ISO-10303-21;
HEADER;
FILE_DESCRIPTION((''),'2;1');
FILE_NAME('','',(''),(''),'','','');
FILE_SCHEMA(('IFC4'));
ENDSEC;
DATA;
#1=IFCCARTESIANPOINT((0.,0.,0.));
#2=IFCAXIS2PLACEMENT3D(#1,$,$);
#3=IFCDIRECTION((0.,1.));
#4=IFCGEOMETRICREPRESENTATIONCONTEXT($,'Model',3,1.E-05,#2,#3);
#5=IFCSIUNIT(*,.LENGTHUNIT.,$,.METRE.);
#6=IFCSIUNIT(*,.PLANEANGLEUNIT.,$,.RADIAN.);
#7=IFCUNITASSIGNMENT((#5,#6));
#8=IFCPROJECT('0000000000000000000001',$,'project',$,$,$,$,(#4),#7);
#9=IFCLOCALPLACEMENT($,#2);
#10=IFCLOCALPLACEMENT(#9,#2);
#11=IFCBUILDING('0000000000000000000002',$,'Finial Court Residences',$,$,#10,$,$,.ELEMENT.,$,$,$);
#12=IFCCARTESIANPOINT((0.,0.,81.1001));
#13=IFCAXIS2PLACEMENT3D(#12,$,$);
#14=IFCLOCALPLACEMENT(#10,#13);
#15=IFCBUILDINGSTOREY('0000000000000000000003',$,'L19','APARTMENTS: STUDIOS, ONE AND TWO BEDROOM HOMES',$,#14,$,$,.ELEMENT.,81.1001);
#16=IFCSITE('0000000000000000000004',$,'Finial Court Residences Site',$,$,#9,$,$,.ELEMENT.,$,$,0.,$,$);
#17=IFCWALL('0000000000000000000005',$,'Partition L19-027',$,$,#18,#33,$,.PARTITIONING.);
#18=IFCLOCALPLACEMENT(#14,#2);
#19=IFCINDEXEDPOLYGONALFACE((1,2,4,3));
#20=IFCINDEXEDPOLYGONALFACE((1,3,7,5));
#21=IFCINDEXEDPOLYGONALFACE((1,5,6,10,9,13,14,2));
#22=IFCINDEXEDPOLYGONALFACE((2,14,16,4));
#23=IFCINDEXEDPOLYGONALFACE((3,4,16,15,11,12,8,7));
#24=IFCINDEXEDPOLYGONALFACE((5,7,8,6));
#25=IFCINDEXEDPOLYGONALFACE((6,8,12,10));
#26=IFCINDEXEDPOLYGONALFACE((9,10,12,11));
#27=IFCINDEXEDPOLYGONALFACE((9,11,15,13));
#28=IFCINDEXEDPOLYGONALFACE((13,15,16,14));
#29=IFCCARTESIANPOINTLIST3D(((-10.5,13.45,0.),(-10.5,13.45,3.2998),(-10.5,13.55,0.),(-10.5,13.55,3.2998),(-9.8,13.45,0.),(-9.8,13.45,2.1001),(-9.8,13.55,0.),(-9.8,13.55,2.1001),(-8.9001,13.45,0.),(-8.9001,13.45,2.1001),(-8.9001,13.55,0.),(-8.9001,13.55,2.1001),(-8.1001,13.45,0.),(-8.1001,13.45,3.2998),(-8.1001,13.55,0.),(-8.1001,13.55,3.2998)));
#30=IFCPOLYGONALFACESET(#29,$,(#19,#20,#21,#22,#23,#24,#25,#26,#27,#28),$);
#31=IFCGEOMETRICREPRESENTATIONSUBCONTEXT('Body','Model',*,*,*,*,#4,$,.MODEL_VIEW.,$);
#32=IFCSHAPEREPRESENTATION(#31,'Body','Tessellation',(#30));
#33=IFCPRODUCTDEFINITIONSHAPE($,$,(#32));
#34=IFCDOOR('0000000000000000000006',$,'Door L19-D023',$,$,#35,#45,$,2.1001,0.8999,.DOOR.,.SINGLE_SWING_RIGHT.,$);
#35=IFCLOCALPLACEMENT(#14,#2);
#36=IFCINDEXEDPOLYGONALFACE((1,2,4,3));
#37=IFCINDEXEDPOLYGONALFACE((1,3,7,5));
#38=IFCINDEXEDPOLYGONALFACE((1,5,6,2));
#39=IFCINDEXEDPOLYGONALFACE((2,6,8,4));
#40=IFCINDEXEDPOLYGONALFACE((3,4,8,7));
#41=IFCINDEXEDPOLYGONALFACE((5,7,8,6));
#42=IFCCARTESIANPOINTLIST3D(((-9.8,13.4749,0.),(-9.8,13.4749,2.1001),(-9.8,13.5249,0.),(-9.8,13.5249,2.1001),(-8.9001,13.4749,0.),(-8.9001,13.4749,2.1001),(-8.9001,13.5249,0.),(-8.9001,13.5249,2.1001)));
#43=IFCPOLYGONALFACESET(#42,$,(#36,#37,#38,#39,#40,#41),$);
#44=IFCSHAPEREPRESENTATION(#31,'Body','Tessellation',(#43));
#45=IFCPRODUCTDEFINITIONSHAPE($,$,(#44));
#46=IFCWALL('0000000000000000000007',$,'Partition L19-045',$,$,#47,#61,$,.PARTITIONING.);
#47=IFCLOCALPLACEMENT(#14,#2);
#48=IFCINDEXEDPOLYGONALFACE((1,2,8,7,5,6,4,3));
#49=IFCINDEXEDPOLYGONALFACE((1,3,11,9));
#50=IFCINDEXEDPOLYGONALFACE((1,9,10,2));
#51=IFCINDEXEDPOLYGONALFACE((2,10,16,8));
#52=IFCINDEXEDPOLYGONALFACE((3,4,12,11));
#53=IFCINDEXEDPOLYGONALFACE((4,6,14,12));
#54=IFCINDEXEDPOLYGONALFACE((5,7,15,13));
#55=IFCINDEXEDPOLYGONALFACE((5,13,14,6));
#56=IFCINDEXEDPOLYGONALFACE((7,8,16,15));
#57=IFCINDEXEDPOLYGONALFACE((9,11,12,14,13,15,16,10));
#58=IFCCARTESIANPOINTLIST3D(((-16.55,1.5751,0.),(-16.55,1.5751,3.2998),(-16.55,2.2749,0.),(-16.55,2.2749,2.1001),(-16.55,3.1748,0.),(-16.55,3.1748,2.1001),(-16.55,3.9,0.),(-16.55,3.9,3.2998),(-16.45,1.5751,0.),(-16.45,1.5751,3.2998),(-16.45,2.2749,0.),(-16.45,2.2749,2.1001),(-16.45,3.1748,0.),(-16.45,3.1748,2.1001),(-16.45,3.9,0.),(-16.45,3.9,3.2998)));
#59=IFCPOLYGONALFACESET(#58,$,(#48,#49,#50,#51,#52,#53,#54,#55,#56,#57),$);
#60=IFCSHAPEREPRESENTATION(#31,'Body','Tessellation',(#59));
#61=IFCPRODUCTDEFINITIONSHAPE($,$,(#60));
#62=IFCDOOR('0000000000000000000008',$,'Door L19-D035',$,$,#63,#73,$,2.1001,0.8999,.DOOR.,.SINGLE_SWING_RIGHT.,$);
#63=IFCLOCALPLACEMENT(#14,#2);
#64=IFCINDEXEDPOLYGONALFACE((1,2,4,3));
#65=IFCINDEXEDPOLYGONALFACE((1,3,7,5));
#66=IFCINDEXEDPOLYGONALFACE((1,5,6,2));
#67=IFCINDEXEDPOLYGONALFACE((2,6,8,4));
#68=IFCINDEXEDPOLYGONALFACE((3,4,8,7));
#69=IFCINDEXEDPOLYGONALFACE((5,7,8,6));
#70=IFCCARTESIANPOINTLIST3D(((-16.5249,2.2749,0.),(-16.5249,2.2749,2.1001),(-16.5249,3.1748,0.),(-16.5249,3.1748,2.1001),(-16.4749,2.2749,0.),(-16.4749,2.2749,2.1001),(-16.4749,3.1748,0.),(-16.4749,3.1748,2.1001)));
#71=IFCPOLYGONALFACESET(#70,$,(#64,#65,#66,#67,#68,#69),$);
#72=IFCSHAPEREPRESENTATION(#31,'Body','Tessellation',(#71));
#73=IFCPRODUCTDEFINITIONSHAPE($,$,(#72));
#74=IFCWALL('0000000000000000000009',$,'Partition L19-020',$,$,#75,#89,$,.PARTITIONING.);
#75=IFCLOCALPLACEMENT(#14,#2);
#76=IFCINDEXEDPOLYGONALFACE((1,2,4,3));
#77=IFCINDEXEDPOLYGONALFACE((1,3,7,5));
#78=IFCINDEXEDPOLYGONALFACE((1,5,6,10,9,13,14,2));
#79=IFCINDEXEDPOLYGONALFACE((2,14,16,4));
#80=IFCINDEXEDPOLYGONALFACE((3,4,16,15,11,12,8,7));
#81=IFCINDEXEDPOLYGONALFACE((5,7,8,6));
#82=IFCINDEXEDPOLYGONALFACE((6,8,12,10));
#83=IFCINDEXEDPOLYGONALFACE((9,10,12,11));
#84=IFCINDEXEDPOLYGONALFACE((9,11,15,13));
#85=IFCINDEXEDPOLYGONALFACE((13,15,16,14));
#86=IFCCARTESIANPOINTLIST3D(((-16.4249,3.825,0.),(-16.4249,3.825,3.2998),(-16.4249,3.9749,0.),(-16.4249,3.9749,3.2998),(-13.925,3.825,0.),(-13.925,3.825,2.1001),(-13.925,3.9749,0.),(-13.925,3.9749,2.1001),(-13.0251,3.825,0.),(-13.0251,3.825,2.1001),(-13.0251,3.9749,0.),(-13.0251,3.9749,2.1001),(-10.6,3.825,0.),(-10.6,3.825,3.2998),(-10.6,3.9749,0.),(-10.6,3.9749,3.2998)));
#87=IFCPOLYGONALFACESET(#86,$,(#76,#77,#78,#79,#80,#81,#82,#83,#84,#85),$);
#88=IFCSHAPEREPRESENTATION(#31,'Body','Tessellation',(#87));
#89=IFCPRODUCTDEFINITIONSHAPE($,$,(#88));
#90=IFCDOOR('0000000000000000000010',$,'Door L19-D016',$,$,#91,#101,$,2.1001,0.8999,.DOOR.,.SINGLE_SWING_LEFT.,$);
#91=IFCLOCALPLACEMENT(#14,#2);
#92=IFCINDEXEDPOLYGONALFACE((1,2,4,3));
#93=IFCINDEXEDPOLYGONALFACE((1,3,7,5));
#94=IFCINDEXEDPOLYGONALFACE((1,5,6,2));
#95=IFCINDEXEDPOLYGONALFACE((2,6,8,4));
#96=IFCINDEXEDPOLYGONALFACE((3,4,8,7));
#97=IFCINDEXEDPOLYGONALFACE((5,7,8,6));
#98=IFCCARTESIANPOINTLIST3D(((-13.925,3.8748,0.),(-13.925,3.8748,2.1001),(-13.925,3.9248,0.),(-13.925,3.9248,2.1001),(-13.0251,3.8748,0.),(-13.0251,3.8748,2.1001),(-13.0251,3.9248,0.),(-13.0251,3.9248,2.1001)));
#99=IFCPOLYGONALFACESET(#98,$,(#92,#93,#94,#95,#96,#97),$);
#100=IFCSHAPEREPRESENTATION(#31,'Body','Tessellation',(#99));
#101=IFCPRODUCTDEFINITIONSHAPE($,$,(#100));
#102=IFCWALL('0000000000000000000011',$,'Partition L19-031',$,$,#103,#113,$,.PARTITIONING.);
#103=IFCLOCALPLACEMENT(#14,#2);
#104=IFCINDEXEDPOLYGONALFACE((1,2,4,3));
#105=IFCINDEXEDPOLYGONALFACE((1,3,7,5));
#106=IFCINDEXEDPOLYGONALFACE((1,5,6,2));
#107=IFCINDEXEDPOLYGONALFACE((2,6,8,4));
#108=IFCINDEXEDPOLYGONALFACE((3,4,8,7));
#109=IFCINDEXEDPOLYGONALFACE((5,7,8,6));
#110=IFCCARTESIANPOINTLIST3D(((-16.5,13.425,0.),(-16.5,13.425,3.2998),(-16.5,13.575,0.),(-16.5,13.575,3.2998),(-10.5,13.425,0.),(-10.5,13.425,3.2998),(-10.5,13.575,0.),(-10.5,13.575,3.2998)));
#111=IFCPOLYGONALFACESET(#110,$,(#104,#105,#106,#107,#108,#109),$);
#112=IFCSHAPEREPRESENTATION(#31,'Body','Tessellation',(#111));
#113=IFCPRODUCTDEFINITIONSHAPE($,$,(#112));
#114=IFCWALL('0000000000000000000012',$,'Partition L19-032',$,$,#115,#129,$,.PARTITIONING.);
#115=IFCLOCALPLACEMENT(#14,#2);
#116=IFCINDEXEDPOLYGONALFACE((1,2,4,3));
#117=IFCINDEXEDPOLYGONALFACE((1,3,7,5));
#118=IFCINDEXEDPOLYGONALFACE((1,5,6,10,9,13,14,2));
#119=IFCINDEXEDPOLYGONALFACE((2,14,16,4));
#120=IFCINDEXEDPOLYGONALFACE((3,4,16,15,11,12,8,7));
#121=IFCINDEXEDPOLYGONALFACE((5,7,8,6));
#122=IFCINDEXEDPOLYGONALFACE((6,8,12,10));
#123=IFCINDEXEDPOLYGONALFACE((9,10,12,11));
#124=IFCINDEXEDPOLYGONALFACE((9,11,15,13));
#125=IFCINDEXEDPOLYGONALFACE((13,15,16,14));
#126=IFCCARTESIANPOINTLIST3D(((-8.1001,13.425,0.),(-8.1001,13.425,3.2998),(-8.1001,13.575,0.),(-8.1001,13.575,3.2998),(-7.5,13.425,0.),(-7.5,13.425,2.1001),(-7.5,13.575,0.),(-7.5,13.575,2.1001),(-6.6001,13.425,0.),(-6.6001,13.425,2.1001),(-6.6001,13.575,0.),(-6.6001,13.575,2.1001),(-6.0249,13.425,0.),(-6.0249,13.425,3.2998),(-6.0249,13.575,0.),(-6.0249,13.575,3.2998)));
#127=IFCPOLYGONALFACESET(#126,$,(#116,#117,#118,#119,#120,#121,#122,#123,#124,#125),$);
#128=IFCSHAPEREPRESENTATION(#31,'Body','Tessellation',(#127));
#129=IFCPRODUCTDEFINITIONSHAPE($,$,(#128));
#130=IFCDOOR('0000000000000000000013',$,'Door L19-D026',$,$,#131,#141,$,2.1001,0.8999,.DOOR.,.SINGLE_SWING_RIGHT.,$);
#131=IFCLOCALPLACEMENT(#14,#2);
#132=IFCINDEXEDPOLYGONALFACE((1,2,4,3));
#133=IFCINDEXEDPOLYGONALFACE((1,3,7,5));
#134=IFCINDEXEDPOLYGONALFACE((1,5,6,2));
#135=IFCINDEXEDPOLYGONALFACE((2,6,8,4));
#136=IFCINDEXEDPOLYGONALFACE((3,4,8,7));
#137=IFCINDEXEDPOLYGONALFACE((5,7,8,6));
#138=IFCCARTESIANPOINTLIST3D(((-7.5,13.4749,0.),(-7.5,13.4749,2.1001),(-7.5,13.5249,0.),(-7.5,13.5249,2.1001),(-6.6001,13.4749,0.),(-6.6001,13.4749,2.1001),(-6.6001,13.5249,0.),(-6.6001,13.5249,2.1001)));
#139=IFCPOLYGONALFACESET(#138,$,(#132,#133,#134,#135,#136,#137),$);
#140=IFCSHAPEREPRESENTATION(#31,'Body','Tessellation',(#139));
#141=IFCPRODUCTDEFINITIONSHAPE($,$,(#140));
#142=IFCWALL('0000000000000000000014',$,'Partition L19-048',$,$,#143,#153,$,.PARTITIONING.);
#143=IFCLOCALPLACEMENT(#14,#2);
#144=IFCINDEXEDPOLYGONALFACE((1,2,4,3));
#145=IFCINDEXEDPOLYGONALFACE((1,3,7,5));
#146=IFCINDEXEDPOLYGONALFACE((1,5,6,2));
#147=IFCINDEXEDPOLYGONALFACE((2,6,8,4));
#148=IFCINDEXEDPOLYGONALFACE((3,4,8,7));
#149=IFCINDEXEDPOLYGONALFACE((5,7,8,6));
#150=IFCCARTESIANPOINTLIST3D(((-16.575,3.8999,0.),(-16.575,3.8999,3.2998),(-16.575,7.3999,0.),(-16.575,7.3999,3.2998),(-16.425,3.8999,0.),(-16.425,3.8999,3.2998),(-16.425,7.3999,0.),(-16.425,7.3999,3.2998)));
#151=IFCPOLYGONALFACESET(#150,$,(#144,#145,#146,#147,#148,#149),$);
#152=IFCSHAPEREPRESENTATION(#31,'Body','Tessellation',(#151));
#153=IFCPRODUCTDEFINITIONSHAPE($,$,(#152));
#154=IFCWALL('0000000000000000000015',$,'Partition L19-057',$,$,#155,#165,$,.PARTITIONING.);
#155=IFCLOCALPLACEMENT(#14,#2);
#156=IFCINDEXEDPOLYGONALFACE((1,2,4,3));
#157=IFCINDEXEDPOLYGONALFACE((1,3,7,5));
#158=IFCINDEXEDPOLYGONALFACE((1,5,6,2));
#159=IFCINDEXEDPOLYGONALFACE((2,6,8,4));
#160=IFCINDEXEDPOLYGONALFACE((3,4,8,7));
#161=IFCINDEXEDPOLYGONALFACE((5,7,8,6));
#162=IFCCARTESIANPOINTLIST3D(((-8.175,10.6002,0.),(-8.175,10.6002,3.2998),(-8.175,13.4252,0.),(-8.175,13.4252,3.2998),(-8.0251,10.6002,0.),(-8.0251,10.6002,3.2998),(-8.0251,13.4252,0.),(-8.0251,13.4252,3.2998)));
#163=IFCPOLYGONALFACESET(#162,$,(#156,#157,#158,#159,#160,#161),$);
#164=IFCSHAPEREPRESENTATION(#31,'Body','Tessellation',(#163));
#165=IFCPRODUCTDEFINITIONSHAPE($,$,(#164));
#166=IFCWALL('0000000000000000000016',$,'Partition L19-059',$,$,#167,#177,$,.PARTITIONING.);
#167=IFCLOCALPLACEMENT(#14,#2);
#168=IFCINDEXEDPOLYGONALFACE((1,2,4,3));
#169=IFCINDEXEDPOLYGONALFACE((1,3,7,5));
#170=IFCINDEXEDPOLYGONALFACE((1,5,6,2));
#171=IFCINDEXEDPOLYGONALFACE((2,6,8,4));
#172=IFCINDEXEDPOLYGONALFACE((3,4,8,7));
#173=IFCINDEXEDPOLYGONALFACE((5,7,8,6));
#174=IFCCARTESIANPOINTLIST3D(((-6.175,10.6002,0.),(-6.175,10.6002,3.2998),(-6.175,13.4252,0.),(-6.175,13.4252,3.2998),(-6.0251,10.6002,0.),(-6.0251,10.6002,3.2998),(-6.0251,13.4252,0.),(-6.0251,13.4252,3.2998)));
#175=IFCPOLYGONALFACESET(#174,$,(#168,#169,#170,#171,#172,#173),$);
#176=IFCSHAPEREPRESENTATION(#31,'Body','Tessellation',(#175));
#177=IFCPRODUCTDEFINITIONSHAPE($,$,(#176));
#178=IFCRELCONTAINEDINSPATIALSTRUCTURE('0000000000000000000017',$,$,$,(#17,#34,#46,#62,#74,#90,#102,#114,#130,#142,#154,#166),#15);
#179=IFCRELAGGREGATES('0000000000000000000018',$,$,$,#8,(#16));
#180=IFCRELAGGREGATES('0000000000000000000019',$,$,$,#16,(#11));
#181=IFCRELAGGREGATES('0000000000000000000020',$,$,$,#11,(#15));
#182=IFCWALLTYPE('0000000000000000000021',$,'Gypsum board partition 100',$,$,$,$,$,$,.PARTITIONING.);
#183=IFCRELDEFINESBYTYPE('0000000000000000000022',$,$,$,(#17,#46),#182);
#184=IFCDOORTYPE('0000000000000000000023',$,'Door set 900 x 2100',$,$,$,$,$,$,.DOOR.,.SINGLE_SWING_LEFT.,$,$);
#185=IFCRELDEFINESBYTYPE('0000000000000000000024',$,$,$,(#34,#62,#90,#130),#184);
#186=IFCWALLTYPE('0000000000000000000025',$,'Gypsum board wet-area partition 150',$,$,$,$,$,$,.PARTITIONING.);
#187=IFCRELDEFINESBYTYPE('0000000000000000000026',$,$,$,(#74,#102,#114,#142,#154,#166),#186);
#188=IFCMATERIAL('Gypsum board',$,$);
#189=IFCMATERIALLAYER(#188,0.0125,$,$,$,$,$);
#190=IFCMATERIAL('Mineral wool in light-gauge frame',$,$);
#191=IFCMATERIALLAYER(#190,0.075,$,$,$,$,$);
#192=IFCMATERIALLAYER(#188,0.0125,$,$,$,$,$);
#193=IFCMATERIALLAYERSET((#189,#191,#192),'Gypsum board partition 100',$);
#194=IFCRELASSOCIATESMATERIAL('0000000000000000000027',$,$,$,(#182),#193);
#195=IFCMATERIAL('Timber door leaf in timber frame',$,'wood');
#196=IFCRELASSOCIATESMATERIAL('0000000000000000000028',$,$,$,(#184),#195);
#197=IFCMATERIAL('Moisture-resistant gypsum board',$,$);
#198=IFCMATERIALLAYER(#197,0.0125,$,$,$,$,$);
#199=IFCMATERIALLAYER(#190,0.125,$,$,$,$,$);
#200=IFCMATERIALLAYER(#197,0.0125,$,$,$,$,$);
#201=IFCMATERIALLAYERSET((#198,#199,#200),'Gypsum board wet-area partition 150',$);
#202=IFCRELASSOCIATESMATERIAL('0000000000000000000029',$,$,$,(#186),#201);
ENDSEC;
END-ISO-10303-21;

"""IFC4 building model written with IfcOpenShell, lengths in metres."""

from ifc_helpers import new_model, si_unit, direction, frame, frame_2d, origin, place, context, subcontext, project, spatial, rectangle, extrude, material, layer, layer_set, type_object, element, fill, save


model = new_model("IFC4")

# Units and contexts
model_context = context("Model", 3, precision=1e-05, world=origin(), true_north=direction((0.0, 1.0)))
body_context = subcontext(model_context, "Body", "Model", "MODEL_VIEW")
ifc_project = project(units=[si_unit("LENGTHUNIT", "METRE"), si_unit("PLANEANGLEUNIT", "RADIAN")], contexts=[model_context])

# Site, building, storey
site_placement = place(None, origin())
site = spatial("IfcSite", under=ifc_project, at=site_placement, Name="Finial Court Residences Site", CompositionType="ELEMENT", RefElevation=0.0)
building_placement = place(site_placement, origin())
building = spatial("IfcBuilding", under=site, at=building_placement, Name="Finial Court Residences", CompositionType="ELEMENT")
storey_placement = place(building_placement, frame((0.0, 0.0, 81.1001)))
storey = spatial("IfcBuildingStorey", under=building, at=storey_placement, Name="L19", Description="APARTMENTS: STUDIOS, ONE AND TWO BEDROOM HOMES", CompositionType="ELEMENT", Elevation=81.1001)

# Shared definitions
ifc_material_1 = material(Name="Gypsum board")

# Walls, openings, doors
ifc_layer_1 = layer(ifc_material_1, 0.0125)
ifc_material_2 = material(Name="Mineral wool in light-gauge frame")
ifc_layer_2 = layer(ifc_material_2, 0.075)
ifc_layer_3 = layer(ifc_material_1, 0.0125)
ifc_layer_set_1 = layer_set([ifc_layer_1, ifc_layer_2, ifc_layer_3], Name="Gypsum board partition 100")
wall_type_1 = type_object("IfcWallType", Name="Gypsum board partition 100", PredefinedType="PARTITIONING", material=ifc_layer_set_1)
wall_1_placement = place(storey_placement, frame((-10.5, 13.5, 0.0), z_axis=(0.0, 0.0, 1.0), x_axis=(1.0, 0.0, 0.0)))
wall_1 = element("IfcWall", 1, at=wall_1_placement, inside=storey, type_object=wall_type_1, Name="Partition L19-027", PredefinedType="PARTITIONING", context=body_context, shape_type="SweptSolid", body=[
    extrude(rectangle(XDim=2.3999, YDim=0.1001, at=frame_2d((1.2, 0.0))), origin(), (0.0, 0.0, 1.0), 3.2998),
])
opening_1_placement = place(wall_1_placement, frame((0.7, 0.0, 0.0)))
opening_1 = element("IfcOpeningElement", 2, at=opening_1_placement, cuts=wall_1, PredefinedType="OPENING", context=body_context, shape_type="SweptSolid", body=[
    extrude(rectangle(XDim=0.8999, YDim=2.1001, at=frame_2d((0.45, 1.05))), frame((0.0, 0.0601, 0.0), z_axis=(0.0, -1.0, 0.0), x_axis=(1.0, 0.0, 0.0)), (0.0, 0.0, 1.0), 0.1201),
])
ifc_material_3 = material(Name="Timber door leaf in timber frame", Category="wood")
door_type = type_object("IfcDoorType", Name="Door set 900 x 2100", OperationType="SINGLE_SWING_LEFT", PredefinedType="DOOR", material=ifc_material_3)
door_1_placement = place(opening_1_placement, origin())
door_1 = element("IfcDoor", 3, at=door_1_placement, inside=storey, type_object=door_type, Name="Door L19-D023", OperationType="SINGLE_SWING_RIGHT", OverallHeight=2.1001, OverallWidth=0.8999, PredefinedType="DOOR", context=body_context, shape_type="SweptSolid", body=[
    extrude(rectangle(XDim=0.8999, YDim=2.1001, at=frame_2d((0.45, 1.05))), frame((0.0, 0.0249, 0.0), z_axis=(0.0, -1.0, 0.0), x_axis=(1.0, 0.0, 0.0)), (0.0, 0.0, 1.0), 0.05),
])
fill(opening_1, door_1)
wall_2_placement = place(storey_placement, frame((-16.5, 1.575, 0.0), z_axis=(0.0, 0.0, 1.0), x_axis=(0.0, 1.0, 0.0)))
wall_2 = element("IfcWall", 4, at=wall_2_placement, inside=storey, type_object=wall_type_1, Name="Partition L19-045", PredefinedType="PARTITIONING", context=body_context, shape_type="SweptSolid", body=[
    extrude(rectangle(XDim=2.325, YDim=0.1001, at=frame_2d((1.1626, 0.0))), origin(), (0.0, 0.0, 1.0), 3.2998),
])
opening_2_placement = place(wall_2_placement, frame((0.7, 0.0, 0.0)))
opening_2 = element("IfcOpeningElement", 5, at=opening_2_placement, cuts=wall_2, PredefinedType="OPENING", context=body_context, shape_type="SweptSolid", body=[
    extrude(rectangle(XDim=0.8999, YDim=2.1001, at=frame_2d((0.45, 1.05))), frame((0.0, 0.0601, 0.0), z_axis=(0.0, -1.0, 0.0), x_axis=(1.0, 0.0, 0.0)), (0.0, 0.0, 1.0), 0.1201),
])
door_2_placement = place(opening_2_placement, origin())
door_2 = element("IfcDoor", 6, at=door_2_placement, inside=storey, type_object=door_type, Name="Door L19-D035", OperationType="SINGLE_SWING_RIGHT", OverallHeight=2.1001, OverallWidth=0.8999, PredefinedType="DOOR", context=body_context, shape_type="SweptSolid", body=[
    extrude(rectangle(XDim=0.8999, YDim=2.1001, at=frame_2d((0.45, 1.05))), frame((0.0, 0.0249, 0.0), z_axis=(0.0, -1.0, 0.0), x_axis=(1.0, 0.0, 0.0)), (0.0, 0.0, 1.0), 0.05),
])
fill(opening_2, door_2)
ifc_material_4 = material(Name="Moisture-resistant gypsum board")
ifc_layer_4 = layer(ifc_material_4, 0.0125)
ifc_layer_5 = layer(ifc_material_2, 0.125)
ifc_layer_6 = layer(ifc_material_4, 0.0125)
ifc_layer_set_2 = layer_set([ifc_layer_4, ifc_layer_5, ifc_layer_6], Name="Gypsum board wet-area partition 150")
wall_type_2 = type_object("IfcWallType", Name="Gypsum board wet-area partition 150", PredefinedType="PARTITIONING", material=ifc_layer_set_2)
wall_3_placement = place(storey_placement, frame((-16.425, 3.8999, 0.0), z_axis=(0.0, 0.0, 1.0), x_axis=(1.0, 0.0, 0.0)))
wall_3 = element("IfcWall", 7, at=wall_3_placement, inside=storey, type_object=wall_type_2, Name="Partition L19-020", PredefinedType="PARTITIONING", context=body_context, shape_type="SweptSolid", body=[
    extrude(rectangle(XDim=5.825, YDim=0.1499, at=frame_2d((2.9126, 0.0))), origin(), (0.0, 0.0, 1.0), 3.2998),
])
opening_3_placement = place(wall_3_placement, frame((2.5, 0.0, 0.0)))
opening_3 = element("IfcOpeningElement", 8, at=opening_3_placement, cuts=wall_3, PredefinedType="OPENING", context=body_context, shape_type="SweptSolid", body=[
    extrude(rectangle(XDim=0.8999, YDim=2.1001, at=frame_2d((0.45, 1.05))), frame((0.0, 0.085, 0.0), z_axis=(0.0, -1.0, 0.0), x_axis=(1.0, 0.0, 0.0)), (0.0, 0.0, 1.0), 0.1699),
])
door_3_placement = place(opening_3_placement, origin())
door_3 = element("IfcDoor", 9, at=door_3_placement, inside=storey, type_object=door_type, Name="Door L19-D016", OperationType="SINGLE_SWING_LEFT", OverallHeight=2.1001, OverallWidth=0.8999, PredefinedType="DOOR", context=body_context, shape_type="SweptSolid", body=[
    extrude(rectangle(XDim=0.8999, YDim=2.1001, at=frame_2d((0.45, 1.05))), frame((0.0, 0.0249, 0.0), z_axis=(0.0, -1.0, 0.0), x_axis=(1.0, 0.0, 0.0)), (0.0, 0.0, 1.0), 0.05),
])
fill(opening_3, door_3)

# Wall
wall_4_placement = place(storey_placement, frame((-16.5, 13.5, 0.0), z_axis=(0.0, 0.0, 1.0), x_axis=(1.0, 0.0, 0.0)))
element("IfcWall", 10, at=wall_4_placement, inside=storey, type_object=wall_type_2, Name="Partition L19-031", PredefinedType="PARTITIONING", context=body_context, shape_type="SweptSolid", body=[
    extrude(rectangle(XDim=6.0, YDim=0.1499, at=frame_2d((3.0, 0.0))), origin(), (0.0, 0.0, 1.0), 3.2998),
])

# Wall, opening, door
wall_5_placement = place(storey_placement, frame((-8.1001, 13.5, 0.0), z_axis=(0.0, 0.0, 1.0), x_axis=(1.0, 0.0, 0.0)))
wall_5 = element("IfcWall", 11, at=wall_5_placement, inside=storey, type_object=wall_type_2, Name="Partition L19-032", PredefinedType="PARTITIONING", context=body_context, shape_type="SweptSolid", body=[
    extrude(rectangle(XDim=2.0752, YDim=0.1499, at=frame_2d((1.0376, 0.0))), origin(), (0.0, 0.0, 1.0), 3.2998),
])
opening_4_placement = place(wall_5_placement, frame((0.6001, 0.0, 0.0)))
opening_4 = element("IfcOpeningElement", 12, at=opening_4_placement, cuts=wall_5, PredefinedType="OPENING", context=body_context, shape_type="SweptSolid", body=[
    extrude(rectangle(XDim=0.8999, YDim=2.1001, at=frame_2d((0.45, 1.05))), frame((0.0, 0.085, 0.0), z_axis=(0.0, -1.0, 0.0), x_axis=(1.0, 0.0, 0.0)), (0.0, 0.0, 1.0), 0.1699),
])
door_4_placement = place(opening_4_placement, origin())
door_4 = element("IfcDoor", 13, at=door_4_placement, inside=storey, type_object=door_type, Name="Door L19-D026", OperationType="SINGLE_SWING_RIGHT", OverallHeight=2.1001, OverallWidth=0.8999, PredefinedType="DOOR", context=body_context, shape_type="SweptSolid", body=[
    extrude(rectangle(XDim=0.8999, YDim=2.1001, at=frame_2d((0.45, 1.05))), frame((0.0, 0.0249, 0.0), z_axis=(0.0, -1.0, 0.0), x_axis=(1.0, 0.0, 0.0)), (0.0, 0.0, 1.0), 0.05),
])
fill(opening_4, door_4)

# Walls
wall_6_placement = place(storey_placement, frame((-16.5, 3.8999, 0.0), z_axis=(0.0, 0.0, 1.0), x_axis=(0.0, 1.0, 0.0)))
element("IfcWall", 14, at=wall_6_placement, inside=storey, type_object=wall_type_2, Name="Partition L19-048", PredefinedType="PARTITIONING", context=body_context, shape_type="SweptSolid", body=[
    extrude(rectangle(XDim=3.5, YDim=0.1499, at=frame_2d((1.75, 0.0))), origin(), (0.0, 0.0, 1.0), 3.2998),
])
for number, where, z_axis, x_axis, name in (
    (15, (-8.1001, 10.6001, 0.0), (0.0, 0.0, 1.0), (0.0, 1.0, 0.0), "Partition L19-057"),
    (16, (-6.1001, 10.6001, 0.0), (0.0, 0.0, 1.0), (0.0, 1.0, 0.0), "Partition L19-059"),
):
    element("IfcWall", number, at=place(storey_placement, frame(where, z_axis=z_axis, x_axis=x_axis)), inside=storey, type_object=wall_type_2, Name=name, PredefinedType="PARTITIONING", context=body_context, shape_type="SweptSolid", body=[
        extrude(rectangle(XDim=2.825, YDim=0.1499, at=frame_2d((1.4126, 0.0))), origin(), (0.0, 0.0, 1.0), 3.2998),
    ])

save(model, "model.ifc")
